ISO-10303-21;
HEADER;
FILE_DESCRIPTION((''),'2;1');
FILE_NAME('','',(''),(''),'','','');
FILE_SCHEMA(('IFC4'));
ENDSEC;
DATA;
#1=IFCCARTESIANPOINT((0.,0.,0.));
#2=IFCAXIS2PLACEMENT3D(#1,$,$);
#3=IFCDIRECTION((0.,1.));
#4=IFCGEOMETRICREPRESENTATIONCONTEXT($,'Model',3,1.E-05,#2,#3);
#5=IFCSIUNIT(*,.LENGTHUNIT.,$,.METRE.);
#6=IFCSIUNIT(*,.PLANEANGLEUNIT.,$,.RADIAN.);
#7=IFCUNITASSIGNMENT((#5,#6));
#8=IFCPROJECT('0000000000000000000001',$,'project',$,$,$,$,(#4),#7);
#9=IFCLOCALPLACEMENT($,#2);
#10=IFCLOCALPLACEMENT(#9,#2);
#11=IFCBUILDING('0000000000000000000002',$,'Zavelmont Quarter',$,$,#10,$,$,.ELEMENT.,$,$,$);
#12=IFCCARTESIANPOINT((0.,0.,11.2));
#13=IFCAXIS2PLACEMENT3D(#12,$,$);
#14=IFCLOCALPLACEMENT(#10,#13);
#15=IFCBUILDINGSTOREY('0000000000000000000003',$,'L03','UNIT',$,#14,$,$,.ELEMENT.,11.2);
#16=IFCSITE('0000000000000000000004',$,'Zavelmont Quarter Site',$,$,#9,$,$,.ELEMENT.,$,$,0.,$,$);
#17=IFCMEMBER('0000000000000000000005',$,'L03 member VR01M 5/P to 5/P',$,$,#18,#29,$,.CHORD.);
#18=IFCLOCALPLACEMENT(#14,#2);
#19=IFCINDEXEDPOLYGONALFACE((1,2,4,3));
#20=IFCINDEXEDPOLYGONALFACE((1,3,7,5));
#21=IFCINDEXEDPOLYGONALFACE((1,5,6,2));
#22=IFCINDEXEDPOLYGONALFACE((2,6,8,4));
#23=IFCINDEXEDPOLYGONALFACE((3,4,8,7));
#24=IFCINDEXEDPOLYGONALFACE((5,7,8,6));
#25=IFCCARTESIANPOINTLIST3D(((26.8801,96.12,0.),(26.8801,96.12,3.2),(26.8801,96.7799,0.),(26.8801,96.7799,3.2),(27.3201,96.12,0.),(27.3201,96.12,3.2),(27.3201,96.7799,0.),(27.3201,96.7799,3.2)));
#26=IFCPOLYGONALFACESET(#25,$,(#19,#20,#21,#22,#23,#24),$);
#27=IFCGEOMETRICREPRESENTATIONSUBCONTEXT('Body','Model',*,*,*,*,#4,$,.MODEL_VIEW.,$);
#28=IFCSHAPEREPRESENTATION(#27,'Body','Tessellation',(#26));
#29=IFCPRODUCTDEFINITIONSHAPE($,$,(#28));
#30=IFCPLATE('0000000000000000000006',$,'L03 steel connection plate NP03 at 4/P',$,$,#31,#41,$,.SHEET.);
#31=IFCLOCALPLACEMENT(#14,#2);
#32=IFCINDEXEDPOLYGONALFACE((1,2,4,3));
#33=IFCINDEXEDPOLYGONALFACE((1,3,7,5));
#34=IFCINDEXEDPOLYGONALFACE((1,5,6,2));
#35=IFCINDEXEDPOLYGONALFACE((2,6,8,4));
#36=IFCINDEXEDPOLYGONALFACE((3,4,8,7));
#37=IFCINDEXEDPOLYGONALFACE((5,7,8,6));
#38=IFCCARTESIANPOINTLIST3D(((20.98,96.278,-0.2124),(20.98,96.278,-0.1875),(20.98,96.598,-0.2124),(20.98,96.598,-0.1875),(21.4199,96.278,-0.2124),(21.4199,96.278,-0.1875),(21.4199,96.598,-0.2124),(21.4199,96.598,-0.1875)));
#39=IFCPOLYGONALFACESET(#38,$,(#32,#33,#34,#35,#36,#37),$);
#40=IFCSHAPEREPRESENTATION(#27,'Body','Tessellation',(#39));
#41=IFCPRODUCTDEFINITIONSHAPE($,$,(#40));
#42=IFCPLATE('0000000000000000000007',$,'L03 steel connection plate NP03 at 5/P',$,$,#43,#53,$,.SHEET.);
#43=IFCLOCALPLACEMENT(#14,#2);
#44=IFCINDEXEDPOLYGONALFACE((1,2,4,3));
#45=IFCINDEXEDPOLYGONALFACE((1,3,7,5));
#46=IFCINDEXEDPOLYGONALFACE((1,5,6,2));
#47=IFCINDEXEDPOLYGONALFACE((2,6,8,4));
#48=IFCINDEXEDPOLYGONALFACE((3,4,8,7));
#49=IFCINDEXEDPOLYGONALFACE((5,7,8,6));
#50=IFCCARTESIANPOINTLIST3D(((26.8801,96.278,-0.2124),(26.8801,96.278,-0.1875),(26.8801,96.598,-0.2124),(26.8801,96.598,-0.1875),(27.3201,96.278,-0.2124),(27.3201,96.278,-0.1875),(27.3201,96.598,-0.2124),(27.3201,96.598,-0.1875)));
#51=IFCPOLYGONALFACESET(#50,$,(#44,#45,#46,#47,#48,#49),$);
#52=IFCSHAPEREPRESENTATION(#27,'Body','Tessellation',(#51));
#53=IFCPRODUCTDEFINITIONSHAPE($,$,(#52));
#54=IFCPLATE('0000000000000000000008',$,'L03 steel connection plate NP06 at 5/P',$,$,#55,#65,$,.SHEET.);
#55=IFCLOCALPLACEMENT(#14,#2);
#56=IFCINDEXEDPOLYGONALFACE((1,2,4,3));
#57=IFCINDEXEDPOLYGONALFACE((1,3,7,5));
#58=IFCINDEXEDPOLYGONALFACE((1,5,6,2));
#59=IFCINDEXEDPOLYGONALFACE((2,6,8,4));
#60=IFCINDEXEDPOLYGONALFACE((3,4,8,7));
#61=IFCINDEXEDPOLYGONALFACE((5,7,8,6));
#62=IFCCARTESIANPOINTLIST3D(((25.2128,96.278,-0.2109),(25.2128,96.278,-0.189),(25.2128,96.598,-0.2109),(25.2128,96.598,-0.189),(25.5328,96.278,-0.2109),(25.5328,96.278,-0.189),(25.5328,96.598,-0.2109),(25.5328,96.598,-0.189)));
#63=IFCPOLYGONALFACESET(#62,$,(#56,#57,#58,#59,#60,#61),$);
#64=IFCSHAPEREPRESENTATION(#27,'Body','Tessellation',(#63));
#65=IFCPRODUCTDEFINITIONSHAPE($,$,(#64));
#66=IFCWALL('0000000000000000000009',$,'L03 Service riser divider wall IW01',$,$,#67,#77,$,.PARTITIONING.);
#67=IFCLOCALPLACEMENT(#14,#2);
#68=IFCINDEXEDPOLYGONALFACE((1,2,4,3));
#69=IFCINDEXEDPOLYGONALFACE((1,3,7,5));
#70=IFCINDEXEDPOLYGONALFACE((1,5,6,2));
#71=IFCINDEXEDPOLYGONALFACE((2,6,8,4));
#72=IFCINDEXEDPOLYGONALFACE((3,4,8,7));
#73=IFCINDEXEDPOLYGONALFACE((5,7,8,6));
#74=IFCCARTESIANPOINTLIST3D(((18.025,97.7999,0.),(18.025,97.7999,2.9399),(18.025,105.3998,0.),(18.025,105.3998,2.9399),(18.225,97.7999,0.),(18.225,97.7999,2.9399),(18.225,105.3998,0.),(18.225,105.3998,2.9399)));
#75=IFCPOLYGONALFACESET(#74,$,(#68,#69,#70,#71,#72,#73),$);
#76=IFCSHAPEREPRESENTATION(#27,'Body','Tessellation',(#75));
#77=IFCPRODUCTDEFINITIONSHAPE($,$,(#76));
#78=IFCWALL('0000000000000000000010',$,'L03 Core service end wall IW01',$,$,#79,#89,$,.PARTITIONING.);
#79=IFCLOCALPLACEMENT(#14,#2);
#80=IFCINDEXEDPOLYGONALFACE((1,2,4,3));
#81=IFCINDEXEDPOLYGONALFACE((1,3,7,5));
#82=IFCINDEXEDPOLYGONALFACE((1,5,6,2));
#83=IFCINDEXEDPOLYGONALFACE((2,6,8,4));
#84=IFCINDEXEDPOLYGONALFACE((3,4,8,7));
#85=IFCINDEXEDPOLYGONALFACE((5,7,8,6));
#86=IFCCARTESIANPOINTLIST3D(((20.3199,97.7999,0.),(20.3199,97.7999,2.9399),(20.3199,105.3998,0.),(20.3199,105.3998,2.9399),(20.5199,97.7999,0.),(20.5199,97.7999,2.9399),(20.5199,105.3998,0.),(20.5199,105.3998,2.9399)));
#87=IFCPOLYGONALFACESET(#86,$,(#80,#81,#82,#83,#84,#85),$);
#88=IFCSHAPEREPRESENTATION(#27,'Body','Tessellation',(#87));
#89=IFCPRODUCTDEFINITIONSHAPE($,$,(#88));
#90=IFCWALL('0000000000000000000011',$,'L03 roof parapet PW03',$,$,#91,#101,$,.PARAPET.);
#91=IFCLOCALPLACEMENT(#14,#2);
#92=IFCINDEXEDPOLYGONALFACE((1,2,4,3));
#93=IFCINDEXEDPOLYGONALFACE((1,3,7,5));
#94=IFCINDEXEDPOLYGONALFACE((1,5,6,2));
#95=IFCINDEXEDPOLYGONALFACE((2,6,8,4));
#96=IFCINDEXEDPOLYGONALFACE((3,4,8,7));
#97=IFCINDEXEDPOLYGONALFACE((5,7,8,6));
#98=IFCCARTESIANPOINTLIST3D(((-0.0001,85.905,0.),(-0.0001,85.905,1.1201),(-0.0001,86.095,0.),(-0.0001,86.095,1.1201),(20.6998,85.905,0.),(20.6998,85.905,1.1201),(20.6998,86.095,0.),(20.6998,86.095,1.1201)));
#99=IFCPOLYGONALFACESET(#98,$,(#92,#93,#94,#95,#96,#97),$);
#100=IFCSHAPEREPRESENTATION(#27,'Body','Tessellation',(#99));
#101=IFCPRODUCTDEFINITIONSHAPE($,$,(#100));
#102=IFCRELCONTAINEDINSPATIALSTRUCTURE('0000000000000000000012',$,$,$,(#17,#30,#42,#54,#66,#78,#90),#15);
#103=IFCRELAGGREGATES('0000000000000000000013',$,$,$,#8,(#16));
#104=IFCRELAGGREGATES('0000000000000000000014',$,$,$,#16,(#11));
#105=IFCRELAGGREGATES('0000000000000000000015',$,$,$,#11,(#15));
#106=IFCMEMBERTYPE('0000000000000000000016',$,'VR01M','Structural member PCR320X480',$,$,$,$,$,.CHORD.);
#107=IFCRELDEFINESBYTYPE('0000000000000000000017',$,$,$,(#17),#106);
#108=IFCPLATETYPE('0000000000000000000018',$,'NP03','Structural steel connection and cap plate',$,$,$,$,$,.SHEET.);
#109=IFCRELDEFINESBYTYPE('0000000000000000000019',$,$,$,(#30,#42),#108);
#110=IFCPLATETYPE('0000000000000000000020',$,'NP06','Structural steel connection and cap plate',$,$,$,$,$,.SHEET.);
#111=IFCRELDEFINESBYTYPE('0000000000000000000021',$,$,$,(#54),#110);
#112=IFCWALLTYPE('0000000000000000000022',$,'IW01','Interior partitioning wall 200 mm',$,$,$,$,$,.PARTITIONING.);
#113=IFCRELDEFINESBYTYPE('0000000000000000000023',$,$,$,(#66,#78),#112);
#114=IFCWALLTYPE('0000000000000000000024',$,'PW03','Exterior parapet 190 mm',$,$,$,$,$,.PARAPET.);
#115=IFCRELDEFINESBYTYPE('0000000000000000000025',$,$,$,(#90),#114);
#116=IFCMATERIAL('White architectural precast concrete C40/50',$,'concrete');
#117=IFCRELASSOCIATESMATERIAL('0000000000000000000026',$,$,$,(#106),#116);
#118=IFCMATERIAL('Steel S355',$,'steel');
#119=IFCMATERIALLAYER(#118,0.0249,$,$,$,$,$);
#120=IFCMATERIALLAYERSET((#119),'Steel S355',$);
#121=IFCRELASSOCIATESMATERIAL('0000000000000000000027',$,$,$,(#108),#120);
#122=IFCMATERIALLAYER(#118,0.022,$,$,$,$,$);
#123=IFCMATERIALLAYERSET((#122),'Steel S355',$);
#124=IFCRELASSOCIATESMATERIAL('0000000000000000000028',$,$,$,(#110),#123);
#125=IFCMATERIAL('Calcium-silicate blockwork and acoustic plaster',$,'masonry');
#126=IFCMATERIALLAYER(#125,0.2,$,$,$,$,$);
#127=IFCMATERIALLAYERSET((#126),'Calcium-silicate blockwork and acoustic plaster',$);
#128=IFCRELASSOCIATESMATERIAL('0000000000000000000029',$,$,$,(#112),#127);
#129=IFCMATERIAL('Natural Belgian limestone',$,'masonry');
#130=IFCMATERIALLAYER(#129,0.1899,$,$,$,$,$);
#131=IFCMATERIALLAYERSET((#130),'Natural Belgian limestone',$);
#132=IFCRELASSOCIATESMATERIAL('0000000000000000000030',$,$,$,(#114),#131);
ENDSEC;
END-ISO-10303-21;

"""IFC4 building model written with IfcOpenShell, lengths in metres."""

from ifc_helpers import new_model, si_unit, direction, frame, frame_2d, origin, origin_2d, place, context, subcontext, project, spatial, rectangle, extrude, material, layer, layer_set, material_profile, profile_set, type_object, element, save


model = new_model("IFC4")

# Units and contexts
model_context = context("Model", 3, precision=1e-05, world=origin(), true_north=direction((0.0, 1.0)))
body_context = subcontext(model_context, "Body", "Model", "MODEL_VIEW")
ifc_project = project(units=[si_unit("LENGTHUNIT", "METRE"), si_unit("PLANEANGLEUNIT", "RADIAN")], contexts=[model_context])

# Site, building, storey
site_placement = place(None, origin())
site = spatial("IfcSite", under=ifc_project, at=site_placement, Name="Zavelmont Quarter Site", CompositionType="ELEMENT", RefElevation=0.0)
building_placement = place(site_placement, origin())
building = spatial("IfcBuilding", under=site, at=building_placement, Name="Zavelmont Quarter", CompositionType="ELEMENT")
storey_placement = place(building_placement, frame((0.0, 0.0, 11.2)))
storey = spatial("IfcBuildingStorey", under=building, at=storey_placement, Name="L03", Description="UNIT", CompositionType="ELEMENT", Elevation=11.2)

# Shared definitions
ifc_material_1 = material(Name="Steel S355", Category="steel")

# Member
ifc_material_2 = material(Name="White architectural precast concrete C40/50", Category="concrete")
ifc_material_profile_1 = material_profile(ifc_material_2, rectangle(XDim=0.4399, YDim=0.6599, at=origin_2d()), Name="PCR320X480")
ifc_profile_set_1 = profile_set([ifc_material_profile_1], Name="White architectural precast concrete C40/50")
member_type_1 = type_object("IfcMemberType", Name="VR01M", Description="Structural member PCR320X480", PredefinedType="CHORD", material=ifc_profile_set_1)
for number, where, z_axis, x_axis, name in (
    (1, (27.1001, 96.45, 0.0), (0.0, 0.0, 1.0), (1.0, 0.0, 0.0), "L03 member VR01M 5/P to 5/P"),
):
    element("IfcMember", number, at=place(storey_placement, frame(where, z_axis=z_axis, x_axis=x_axis)), inside=storey, type_object=member_type_1, Name=name, PredefinedType="CHORD", context=body_context, shape_type="SweptSolid", body=[
        extrude(rectangle(XDim=0.4399, YDim=0.6599, at=origin_2d()), origin(), (0.0, 0.0, 1.0), 3.2),
    ])

# Plates
ifc_layer_1 = layer(ifc_material_1, 0.0249)
ifc_layer_set_1 = layer_set([ifc_layer_1], Name="Steel S355")
plate_type_1 = type_object("IfcPlateType", Name="NP03", Description="Structural steel connection and cap plate", PredefinedType="SHEET", material=ifc_layer_set_1)
for number, where, z_axis, x_axis, name in (
    (2, (21.2, 96.438, -0.2124), (0.0, 0.0, 1.0), (1.0, 0.0, 0.0), "L03 steel connection plate NP03 at 4/P"),
    (3, (27.1001, 96.438, -0.2124), (0.0, 0.0, 1.0), (1.0, 0.0, 0.0), "L03 steel connection plate NP03 at 5/P"),
):
    element("IfcPlate", number, at=place(storey_placement, frame(where, z_axis=z_axis, x_axis=x_axis)), inside=storey, type_object=plate_type_1, Name=name, PredefinedType="SHEET", context=body_context, shape_type="SweptSolid", body=[
        extrude(rectangle(XDim=0.4399, YDim=0.3201, at=origin_2d()), origin(), (0.0, 0.0, 1.0), 0.0249),
    ])
ifc_layer_2 = layer(ifc_material_1, 0.022)
ifc_layer_set_2 = layer_set([ifc_layer_2], Name="Steel S355")
plate_type_2 = type_object("IfcPlateType", Name="NP06", Description="Structural steel connection and cap plate", PredefinedType="SHEET", material=ifc_layer_set_2)
plate_placement = place(storey_placement, frame((25.3728, 96.438, -0.2109), z_axis=(0.0, 0.0, 1.0), x_axis=(1.0, 0.0, 0.0)))
element("IfcPlate", 4, at=plate_placement, inside=storey, type_object=plate_type_2, Name="L03 steel connection plate NP06 at 5/P", PredefinedType="SHEET", context=body_context, shape_type="SweptSolid", body=[
    extrude(rectangle(XDim=0.3201, YDim=0.3201, at=origin_2d()), origin(), (0.0, 0.0, 1.0), 0.022),
])

# Walls
ifc_material_3 = material(Name="Calcium-silicate blockwork and acoustic plaster", Category="masonry")
ifc_layer_3 = layer(ifc_material_3, 0.2)
ifc_layer_set_3 = layer_set([ifc_layer_3], Name="Calcium-silicate blockwork and acoustic plaster")
wall_type_1 = type_object("IfcWallType", Name="IW01", Description="Interior partitioning wall 200 mm", PredefinedType="PARTITIONING", material=ifc_layer_set_3)
for number, where, z_axis, x_axis, name in (
    (5, (18.125, 97.8, 0.0), (0.0, 0.0, 1.0), (0.0, 1.0, 0.0), "L03 Service riser divider wall IW01"),
    (6, (20.4199, 97.8, 0.0), (0.0, 0.0, 1.0), (0.0, 1.0, 0.0), "L03 Core service end wall IW01"),
):
    element("IfcWall", number, at=place(storey_placement, frame(where, z_axis=z_axis, x_axis=x_axis)), inside=storey, type_object=wall_type_1, Name=name, PredefinedType="PARTITIONING", context=body_context, shape_type="SweptSolid", body=[
        extrude(rectangle(XDim=7.5999, YDim=0.2, at=frame_2d((3.7998, 0.0))), origin(), (0.0, 0.0, 1.0), 2.9399),
    ])
ifc_material_4 = material(Name="Natural Belgian limestone", Category="masonry")
ifc_layer_4 = layer(ifc_material_4, 0.1899)
ifc_layer_set_4 = layer_set([ifc_layer_4], Name="Natural Belgian limestone")
wall_type_2 = type_object("IfcWallType", Name="PW03", Description="Exterior parapet 190 mm", PredefinedType="PARAPET", material=ifc_layer_set_4)
wall_placement = place(storey_placement, frame((20.7, 86.0, 0.0), z_axis=(0.0, 0.0, 1.0), x_axis=(-1.0, 0.0, 0.0)))
element("IfcWall", 7, at=wall_placement, inside=storey, type_object=wall_type_2, Name="L03 roof parapet PW03", PredefinedType="PARAPET", context=body_context, shape_type="SweptSolid", body=[
    extrude(rectangle(XDim=20.7, YDim=0.1899, at=frame_2d((10.3501, 0.0))), origin(), (0.0, 0.0, 1.0), 1.1201),
])

save(model, "model.ifc")
